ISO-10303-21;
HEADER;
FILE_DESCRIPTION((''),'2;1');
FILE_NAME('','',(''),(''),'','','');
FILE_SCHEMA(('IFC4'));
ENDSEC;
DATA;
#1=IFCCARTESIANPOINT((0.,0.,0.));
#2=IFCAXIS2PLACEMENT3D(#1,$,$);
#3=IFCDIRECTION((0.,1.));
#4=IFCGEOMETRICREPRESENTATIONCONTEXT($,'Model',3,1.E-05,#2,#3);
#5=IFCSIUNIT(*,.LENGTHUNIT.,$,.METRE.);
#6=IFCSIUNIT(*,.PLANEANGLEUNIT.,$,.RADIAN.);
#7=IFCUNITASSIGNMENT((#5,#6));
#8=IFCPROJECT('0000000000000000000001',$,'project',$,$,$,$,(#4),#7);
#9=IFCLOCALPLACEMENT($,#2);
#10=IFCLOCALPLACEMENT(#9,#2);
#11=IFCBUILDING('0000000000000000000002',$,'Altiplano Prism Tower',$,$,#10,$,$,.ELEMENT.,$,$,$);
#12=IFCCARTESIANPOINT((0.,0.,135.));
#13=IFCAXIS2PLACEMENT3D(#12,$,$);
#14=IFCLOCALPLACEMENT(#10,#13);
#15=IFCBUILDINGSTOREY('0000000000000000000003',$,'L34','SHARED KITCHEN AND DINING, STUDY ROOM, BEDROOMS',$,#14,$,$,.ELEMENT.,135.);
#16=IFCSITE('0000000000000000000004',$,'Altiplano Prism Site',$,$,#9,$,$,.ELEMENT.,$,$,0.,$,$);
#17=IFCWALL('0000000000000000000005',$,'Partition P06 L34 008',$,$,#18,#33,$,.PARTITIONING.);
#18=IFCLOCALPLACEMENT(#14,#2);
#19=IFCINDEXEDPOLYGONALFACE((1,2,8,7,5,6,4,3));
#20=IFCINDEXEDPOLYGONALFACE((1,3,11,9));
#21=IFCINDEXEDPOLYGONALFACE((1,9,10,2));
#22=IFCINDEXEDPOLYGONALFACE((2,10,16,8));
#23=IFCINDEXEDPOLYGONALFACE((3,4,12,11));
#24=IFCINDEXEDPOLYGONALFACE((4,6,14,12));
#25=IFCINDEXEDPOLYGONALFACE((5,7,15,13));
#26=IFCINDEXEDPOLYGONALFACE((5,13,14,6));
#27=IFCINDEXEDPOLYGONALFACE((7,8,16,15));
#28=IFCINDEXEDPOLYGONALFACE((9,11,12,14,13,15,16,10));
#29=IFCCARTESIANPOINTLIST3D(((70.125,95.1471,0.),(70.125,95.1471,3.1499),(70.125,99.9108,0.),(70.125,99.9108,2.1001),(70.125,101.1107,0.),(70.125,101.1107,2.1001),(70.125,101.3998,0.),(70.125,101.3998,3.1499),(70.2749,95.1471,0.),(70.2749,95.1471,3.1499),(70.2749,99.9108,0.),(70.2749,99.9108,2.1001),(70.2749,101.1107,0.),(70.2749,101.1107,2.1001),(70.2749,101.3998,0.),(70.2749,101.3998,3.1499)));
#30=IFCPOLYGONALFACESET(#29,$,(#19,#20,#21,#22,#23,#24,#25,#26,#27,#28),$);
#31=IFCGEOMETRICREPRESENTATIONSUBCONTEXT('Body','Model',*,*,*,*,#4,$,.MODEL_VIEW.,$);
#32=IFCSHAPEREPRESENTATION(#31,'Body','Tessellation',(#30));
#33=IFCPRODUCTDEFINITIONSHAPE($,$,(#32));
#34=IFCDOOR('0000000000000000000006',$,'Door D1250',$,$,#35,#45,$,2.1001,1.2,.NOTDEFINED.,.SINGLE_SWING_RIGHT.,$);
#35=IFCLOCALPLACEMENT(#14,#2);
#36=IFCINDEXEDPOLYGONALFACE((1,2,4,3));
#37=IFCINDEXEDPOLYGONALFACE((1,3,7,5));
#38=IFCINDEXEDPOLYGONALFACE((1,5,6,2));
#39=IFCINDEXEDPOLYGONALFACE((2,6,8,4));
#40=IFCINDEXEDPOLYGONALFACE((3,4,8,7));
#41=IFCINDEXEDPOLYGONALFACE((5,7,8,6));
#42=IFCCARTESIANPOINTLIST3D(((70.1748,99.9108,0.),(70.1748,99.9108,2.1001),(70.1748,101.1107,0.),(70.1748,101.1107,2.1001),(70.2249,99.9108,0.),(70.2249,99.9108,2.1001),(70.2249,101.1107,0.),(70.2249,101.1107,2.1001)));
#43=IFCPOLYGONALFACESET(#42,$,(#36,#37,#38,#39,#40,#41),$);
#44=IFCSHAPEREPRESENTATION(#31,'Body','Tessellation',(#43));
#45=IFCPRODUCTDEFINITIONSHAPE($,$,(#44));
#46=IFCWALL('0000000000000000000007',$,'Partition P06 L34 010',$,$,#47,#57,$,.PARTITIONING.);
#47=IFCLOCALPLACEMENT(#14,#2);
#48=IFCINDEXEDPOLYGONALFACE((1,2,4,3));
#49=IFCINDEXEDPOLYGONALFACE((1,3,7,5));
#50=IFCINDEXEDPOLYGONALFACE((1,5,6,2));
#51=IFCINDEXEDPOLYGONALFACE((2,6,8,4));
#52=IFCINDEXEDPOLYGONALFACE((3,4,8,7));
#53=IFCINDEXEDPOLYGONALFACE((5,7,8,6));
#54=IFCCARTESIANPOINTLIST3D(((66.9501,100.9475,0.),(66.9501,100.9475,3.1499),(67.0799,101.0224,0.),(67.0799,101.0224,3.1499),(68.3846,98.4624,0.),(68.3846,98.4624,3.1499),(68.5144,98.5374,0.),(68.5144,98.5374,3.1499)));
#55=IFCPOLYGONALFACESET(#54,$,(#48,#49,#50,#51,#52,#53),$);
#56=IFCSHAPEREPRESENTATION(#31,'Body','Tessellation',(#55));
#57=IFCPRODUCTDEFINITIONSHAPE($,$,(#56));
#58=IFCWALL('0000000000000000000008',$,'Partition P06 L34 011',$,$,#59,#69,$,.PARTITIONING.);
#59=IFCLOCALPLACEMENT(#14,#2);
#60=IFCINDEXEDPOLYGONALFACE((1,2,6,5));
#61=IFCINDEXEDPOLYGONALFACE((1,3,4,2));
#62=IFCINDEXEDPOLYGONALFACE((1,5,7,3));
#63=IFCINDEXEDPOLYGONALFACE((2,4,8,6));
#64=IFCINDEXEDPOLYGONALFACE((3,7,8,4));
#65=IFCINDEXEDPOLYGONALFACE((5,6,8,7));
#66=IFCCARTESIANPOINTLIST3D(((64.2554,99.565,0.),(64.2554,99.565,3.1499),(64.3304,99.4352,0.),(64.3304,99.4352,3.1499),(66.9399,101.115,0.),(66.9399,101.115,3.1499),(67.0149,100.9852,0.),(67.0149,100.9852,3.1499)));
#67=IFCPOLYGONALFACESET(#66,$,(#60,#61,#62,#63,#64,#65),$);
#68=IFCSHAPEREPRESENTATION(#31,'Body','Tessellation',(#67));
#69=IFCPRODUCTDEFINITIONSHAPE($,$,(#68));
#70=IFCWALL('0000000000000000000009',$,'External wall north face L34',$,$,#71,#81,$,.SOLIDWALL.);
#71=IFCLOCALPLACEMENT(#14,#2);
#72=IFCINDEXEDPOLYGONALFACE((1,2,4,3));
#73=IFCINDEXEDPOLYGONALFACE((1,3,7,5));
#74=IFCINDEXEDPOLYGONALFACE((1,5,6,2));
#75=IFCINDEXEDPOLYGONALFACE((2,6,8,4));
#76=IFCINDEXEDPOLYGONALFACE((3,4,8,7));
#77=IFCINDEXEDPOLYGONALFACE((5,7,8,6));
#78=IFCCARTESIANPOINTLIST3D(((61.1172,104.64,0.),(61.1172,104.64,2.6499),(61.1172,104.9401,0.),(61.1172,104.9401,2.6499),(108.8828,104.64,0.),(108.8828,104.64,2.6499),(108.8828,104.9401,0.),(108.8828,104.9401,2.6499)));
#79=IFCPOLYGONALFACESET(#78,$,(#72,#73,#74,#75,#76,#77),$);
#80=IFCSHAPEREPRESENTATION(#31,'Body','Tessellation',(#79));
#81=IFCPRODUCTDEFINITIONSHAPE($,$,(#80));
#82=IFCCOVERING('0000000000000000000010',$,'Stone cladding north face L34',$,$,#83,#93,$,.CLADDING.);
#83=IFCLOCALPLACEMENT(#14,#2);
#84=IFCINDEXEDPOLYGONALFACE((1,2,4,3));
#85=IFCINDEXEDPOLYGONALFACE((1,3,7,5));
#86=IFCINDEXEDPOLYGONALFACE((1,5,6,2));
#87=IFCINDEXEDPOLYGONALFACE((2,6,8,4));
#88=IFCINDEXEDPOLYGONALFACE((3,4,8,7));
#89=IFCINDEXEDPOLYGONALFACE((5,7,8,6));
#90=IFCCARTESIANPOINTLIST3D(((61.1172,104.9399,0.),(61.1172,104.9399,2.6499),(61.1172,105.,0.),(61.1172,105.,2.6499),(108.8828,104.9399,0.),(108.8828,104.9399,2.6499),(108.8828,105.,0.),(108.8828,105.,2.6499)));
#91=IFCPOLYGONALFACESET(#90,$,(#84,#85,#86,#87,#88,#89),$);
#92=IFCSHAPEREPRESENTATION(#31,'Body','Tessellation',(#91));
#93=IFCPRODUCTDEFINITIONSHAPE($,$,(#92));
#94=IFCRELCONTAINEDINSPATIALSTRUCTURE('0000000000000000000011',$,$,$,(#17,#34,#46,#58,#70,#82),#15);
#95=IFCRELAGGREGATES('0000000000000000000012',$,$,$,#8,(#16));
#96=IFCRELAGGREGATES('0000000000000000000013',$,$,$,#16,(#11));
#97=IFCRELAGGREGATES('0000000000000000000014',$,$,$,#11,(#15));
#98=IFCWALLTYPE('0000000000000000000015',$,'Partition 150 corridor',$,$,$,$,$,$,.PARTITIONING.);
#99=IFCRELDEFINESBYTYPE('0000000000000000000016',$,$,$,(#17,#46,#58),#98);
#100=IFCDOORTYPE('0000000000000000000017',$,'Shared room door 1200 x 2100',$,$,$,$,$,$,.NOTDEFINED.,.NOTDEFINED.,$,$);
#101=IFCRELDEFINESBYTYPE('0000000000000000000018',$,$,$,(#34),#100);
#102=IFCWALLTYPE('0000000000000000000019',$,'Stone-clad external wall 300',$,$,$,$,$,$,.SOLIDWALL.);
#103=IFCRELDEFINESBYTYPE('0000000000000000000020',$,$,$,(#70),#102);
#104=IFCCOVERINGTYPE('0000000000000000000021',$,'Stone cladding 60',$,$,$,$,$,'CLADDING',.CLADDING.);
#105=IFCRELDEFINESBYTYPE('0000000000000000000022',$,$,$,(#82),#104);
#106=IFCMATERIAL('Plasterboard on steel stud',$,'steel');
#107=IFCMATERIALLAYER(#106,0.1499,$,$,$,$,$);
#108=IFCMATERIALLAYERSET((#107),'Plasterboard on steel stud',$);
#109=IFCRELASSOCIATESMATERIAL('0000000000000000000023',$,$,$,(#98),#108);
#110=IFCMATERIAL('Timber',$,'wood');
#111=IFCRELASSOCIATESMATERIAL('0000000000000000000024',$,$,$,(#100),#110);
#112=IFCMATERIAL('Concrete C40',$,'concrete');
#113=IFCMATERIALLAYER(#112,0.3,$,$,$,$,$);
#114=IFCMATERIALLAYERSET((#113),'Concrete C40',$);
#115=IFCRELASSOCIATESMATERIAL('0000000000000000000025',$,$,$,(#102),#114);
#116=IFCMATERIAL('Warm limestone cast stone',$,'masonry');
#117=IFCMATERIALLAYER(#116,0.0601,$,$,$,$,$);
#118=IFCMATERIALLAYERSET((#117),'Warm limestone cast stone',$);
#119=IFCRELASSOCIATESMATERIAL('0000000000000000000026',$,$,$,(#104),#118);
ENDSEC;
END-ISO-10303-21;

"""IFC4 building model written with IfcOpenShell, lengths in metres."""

from ifc_helpers import new_model, si_unit, direction, frame, frame_2d, origin, place, context, subcontext, project, spatial, rectangle, extrude, material, layer, layer_set, type_object, element, fill, save


model = new_model("IFC4")

# Units and contexts
model_context = context("Model", 3, precision=1e-05, world=origin(), true_north=direction((0.0, 1.0)))
body_context = subcontext(model_context, "Body", "Model", "MODEL_VIEW")
ifc_project = project(units=[si_unit("LENGTHUNIT", "METRE"), si_unit("PLANEANGLEUNIT", "RADIAN")], contexts=[model_context])

# Site, building, storey
site_placement = place(None, origin())
site = spatial("IfcSite", under=ifc_project, at=site_placement, Name="Altiplano Prism Site", CompositionType="ELEMENT", RefElevation=0.0)
building_placement = place(site_placement, origin())
building = spatial("IfcBuilding", under=site, at=building_placement, Name="Altiplano Prism Tower", CompositionType="ELEMENT")
storey_placement = place(building_placement, frame((0.0, 0.0, 135.0)))
storey = spatial("IfcBuildingStorey", under=building, at=storey_placement, Name="L34", Description="SHARED KITCHEN AND DINING, STUDY ROOM, BEDROOMS", CompositionType="ELEMENT", Elevation=135.0)

# Shared definitions
ifc_material_1 = material(Name="Plasterboard on steel stud", Category="steel")
ifc_layer_1 = layer(ifc_material_1, 0.1499)
ifc_layer_set_1 = layer_set([ifc_layer_1], Name="Plasterboard on steel stud")
wall_type_1 = type_object("IfcWallType", Name="Partition 150 corridor", PredefinedType="PARTITIONING", material=ifc_layer_set_1)

# Shared definitions
ifc_material_2 = material(Name="Timber", Category="wood")
door_type_1 = type_object("IfcDoorType", Name="Shared room door 1200 x 2100", OperationType="NOTDEFINED", PredefinedType="NOTDEFINED", material=ifc_material_2)

# Wall, opening, door
wall_1_placement = place(storey_placement, frame((70.2, 101.3999, 0.0), z_axis=(0.0, 0.0, 1.0), x_axis=(0.0, -1.0, 0.0)))
wall_1 = element("IfcWall", 1, at=wall_1_placement, inside=storey, type_object=wall_type_1, Name="Partition P06 L34 008", PredefinedType="PARTITIONING", context=body_context, shape_type="SweptSolid", body=[
    extrude(rectangle(XDim=6.2527, YDim=0.1499, at=frame_2d((3.1265, 0.0))), origin(), (0.0, 0.0, 1.0), 3.1499),
])
opening_1_placement = place(wall_1_placement, frame((0.2891, 0.0, 0.0)))
opening_1 = element("IfcOpeningElement", 2, at=opening_1_placement, cuts=wall_1, PredefinedType="OPENING", context=body_context, shape_type="SweptSolid", body=[
    extrude(rectangle(XDim=1.2, YDim=2.1001, at=frame_2d((0.6001, 1.05))), frame((0.0, 0.0854, 0.0), z_axis=(0.0, -1.0, 0.0), x_axis=(1.0, 0.0, 0.0)), (0.0, 0.0, 1.0), 0.1709),
])
door_1_placement = place(opening_1_placement, origin())
door_1 = element("IfcDoor", 3, at=door_1_placement, inside=storey, type_object=door_type_1, Name="Door D1250", OperationType="SINGLE_SWING_RIGHT", OverallHeight=2.1001, OverallWidth=1.2, PredefinedType="NOTDEFINED", context=body_context, shape_type="SweptSolid", body=[
    extrude(rectangle(XDim=1.2, YDim=2.1001, at=frame_2d((0.6001, 1.05))), frame((0.0, 0.0249, 0.0), z_axis=(0.0, -1.0, 0.0), x_axis=(1.0, 0.0, 0.0)), (0.0, 0.0, 1.0), 0.05),
])
fill(opening_1, door_1)

# Walls
wall_2_placement = place(storey_placement, frame((68.4495, 98.5, 0.0), z_axis=(0.0, 0.0, 1.0), x_axis=(-0.499946, 0.866057, 0.0)))
element("IfcWall", 4, at=wall_2_placement, inside=storey, type_object=wall_type_1, Name="Partition P06 L34 010", PredefinedType="PARTITIONING", context=body_context, shape_type="SweptSolid", body=[
    extrude(rectangle(XDim=2.8694, YDim=0.1499, at=frame_2d((1.4346, 0.0))), origin(), (0.0, 0.0, 1.0), 3.1499),
])
wall_3_placement = place(storey_placement, frame((66.9773, 101.05, 0.0), z_axis=(0.0, 0.0, 1.0), x_axis=(-0.86601, -0.500027, 0.0)))
element("IfcWall", 5, at=wall_3_placement, inside=storey, type_object=wall_type_1, Name="Partition P06 L34 011", PredefinedType="PARTITIONING", context=body_context, shape_type="SweptSolid", body=[
    extrude(rectangle(XDim=3.0999, YDim=0.1499, at=frame_2d((1.5498, 0.0))), origin(), (0.0, 0.0, 1.0), 3.1499),
])
ifc_material_3 = material(Name="Concrete C40", Category="concrete")
ifc_layer_2 = layer(ifc_material_3, 0.3)
ifc_layer_set_2 = layer_set([ifc_layer_2], Name="Concrete C40")
wall_type_2 = type_object("IfcWallType", Name="Stone-clad external wall 300", PredefinedType="SOLIDWALL", material=ifc_layer_set_2)
wall_4_placement = place(storey_placement, frame((61.1172, 104.79, 0.0), z_axis=(0.0, 0.0, 1.0), x_axis=(1.0, 0.0, 0.0)))
element("IfcWall", 6, at=wall_4_placement, inside=storey, type_object=wall_type_2, Name="External wall north face L34", PredefinedType="SOLIDWALL", context=body_context, shape_type="SweptSolid", body=[
    extrude(rectangle(XDim=47.7656, YDim=0.3, at=frame_2d((23.8828, 0.0))), origin(), (0.0, 0.0, 1.0), 2.6499),
])

# Covering
ifc_material_4 = material(Name="Warm limestone cast stone", Category="masonry")
ifc_layer_3 = layer(ifc_material_4, 0.0601)
ifc_layer_set_3 = layer_set([ifc_layer_3], Name="Warm limestone cast stone")
covering_type = type_object("IfcCoveringType", Name="Stone cladding 60", ElementType="CLADDING", PredefinedType="CLADDING", material=ifc_layer_set_3)
covering_placement = place(storey_placement, frame((61.1172, 104.97, 0.0), z_axis=(0.0, 0.0, 1.0), x_axis=(1.0, 0.0, 0.0)))
element("IfcCovering", 7, at=covering_placement, inside=storey, type_object=covering_type, Name="Stone cladding north face L34", PredefinedType="CLADDING", context=body_context, shape_type="SweptSolid", body=[
    extrude(rectangle(XDim=47.7656, YDim=0.0601, at=frame_2d((23.8828, 0.0))), origin(), (0.0, 0.0, 1.0), 2.6499),
])

save(model, "model.ifc")
